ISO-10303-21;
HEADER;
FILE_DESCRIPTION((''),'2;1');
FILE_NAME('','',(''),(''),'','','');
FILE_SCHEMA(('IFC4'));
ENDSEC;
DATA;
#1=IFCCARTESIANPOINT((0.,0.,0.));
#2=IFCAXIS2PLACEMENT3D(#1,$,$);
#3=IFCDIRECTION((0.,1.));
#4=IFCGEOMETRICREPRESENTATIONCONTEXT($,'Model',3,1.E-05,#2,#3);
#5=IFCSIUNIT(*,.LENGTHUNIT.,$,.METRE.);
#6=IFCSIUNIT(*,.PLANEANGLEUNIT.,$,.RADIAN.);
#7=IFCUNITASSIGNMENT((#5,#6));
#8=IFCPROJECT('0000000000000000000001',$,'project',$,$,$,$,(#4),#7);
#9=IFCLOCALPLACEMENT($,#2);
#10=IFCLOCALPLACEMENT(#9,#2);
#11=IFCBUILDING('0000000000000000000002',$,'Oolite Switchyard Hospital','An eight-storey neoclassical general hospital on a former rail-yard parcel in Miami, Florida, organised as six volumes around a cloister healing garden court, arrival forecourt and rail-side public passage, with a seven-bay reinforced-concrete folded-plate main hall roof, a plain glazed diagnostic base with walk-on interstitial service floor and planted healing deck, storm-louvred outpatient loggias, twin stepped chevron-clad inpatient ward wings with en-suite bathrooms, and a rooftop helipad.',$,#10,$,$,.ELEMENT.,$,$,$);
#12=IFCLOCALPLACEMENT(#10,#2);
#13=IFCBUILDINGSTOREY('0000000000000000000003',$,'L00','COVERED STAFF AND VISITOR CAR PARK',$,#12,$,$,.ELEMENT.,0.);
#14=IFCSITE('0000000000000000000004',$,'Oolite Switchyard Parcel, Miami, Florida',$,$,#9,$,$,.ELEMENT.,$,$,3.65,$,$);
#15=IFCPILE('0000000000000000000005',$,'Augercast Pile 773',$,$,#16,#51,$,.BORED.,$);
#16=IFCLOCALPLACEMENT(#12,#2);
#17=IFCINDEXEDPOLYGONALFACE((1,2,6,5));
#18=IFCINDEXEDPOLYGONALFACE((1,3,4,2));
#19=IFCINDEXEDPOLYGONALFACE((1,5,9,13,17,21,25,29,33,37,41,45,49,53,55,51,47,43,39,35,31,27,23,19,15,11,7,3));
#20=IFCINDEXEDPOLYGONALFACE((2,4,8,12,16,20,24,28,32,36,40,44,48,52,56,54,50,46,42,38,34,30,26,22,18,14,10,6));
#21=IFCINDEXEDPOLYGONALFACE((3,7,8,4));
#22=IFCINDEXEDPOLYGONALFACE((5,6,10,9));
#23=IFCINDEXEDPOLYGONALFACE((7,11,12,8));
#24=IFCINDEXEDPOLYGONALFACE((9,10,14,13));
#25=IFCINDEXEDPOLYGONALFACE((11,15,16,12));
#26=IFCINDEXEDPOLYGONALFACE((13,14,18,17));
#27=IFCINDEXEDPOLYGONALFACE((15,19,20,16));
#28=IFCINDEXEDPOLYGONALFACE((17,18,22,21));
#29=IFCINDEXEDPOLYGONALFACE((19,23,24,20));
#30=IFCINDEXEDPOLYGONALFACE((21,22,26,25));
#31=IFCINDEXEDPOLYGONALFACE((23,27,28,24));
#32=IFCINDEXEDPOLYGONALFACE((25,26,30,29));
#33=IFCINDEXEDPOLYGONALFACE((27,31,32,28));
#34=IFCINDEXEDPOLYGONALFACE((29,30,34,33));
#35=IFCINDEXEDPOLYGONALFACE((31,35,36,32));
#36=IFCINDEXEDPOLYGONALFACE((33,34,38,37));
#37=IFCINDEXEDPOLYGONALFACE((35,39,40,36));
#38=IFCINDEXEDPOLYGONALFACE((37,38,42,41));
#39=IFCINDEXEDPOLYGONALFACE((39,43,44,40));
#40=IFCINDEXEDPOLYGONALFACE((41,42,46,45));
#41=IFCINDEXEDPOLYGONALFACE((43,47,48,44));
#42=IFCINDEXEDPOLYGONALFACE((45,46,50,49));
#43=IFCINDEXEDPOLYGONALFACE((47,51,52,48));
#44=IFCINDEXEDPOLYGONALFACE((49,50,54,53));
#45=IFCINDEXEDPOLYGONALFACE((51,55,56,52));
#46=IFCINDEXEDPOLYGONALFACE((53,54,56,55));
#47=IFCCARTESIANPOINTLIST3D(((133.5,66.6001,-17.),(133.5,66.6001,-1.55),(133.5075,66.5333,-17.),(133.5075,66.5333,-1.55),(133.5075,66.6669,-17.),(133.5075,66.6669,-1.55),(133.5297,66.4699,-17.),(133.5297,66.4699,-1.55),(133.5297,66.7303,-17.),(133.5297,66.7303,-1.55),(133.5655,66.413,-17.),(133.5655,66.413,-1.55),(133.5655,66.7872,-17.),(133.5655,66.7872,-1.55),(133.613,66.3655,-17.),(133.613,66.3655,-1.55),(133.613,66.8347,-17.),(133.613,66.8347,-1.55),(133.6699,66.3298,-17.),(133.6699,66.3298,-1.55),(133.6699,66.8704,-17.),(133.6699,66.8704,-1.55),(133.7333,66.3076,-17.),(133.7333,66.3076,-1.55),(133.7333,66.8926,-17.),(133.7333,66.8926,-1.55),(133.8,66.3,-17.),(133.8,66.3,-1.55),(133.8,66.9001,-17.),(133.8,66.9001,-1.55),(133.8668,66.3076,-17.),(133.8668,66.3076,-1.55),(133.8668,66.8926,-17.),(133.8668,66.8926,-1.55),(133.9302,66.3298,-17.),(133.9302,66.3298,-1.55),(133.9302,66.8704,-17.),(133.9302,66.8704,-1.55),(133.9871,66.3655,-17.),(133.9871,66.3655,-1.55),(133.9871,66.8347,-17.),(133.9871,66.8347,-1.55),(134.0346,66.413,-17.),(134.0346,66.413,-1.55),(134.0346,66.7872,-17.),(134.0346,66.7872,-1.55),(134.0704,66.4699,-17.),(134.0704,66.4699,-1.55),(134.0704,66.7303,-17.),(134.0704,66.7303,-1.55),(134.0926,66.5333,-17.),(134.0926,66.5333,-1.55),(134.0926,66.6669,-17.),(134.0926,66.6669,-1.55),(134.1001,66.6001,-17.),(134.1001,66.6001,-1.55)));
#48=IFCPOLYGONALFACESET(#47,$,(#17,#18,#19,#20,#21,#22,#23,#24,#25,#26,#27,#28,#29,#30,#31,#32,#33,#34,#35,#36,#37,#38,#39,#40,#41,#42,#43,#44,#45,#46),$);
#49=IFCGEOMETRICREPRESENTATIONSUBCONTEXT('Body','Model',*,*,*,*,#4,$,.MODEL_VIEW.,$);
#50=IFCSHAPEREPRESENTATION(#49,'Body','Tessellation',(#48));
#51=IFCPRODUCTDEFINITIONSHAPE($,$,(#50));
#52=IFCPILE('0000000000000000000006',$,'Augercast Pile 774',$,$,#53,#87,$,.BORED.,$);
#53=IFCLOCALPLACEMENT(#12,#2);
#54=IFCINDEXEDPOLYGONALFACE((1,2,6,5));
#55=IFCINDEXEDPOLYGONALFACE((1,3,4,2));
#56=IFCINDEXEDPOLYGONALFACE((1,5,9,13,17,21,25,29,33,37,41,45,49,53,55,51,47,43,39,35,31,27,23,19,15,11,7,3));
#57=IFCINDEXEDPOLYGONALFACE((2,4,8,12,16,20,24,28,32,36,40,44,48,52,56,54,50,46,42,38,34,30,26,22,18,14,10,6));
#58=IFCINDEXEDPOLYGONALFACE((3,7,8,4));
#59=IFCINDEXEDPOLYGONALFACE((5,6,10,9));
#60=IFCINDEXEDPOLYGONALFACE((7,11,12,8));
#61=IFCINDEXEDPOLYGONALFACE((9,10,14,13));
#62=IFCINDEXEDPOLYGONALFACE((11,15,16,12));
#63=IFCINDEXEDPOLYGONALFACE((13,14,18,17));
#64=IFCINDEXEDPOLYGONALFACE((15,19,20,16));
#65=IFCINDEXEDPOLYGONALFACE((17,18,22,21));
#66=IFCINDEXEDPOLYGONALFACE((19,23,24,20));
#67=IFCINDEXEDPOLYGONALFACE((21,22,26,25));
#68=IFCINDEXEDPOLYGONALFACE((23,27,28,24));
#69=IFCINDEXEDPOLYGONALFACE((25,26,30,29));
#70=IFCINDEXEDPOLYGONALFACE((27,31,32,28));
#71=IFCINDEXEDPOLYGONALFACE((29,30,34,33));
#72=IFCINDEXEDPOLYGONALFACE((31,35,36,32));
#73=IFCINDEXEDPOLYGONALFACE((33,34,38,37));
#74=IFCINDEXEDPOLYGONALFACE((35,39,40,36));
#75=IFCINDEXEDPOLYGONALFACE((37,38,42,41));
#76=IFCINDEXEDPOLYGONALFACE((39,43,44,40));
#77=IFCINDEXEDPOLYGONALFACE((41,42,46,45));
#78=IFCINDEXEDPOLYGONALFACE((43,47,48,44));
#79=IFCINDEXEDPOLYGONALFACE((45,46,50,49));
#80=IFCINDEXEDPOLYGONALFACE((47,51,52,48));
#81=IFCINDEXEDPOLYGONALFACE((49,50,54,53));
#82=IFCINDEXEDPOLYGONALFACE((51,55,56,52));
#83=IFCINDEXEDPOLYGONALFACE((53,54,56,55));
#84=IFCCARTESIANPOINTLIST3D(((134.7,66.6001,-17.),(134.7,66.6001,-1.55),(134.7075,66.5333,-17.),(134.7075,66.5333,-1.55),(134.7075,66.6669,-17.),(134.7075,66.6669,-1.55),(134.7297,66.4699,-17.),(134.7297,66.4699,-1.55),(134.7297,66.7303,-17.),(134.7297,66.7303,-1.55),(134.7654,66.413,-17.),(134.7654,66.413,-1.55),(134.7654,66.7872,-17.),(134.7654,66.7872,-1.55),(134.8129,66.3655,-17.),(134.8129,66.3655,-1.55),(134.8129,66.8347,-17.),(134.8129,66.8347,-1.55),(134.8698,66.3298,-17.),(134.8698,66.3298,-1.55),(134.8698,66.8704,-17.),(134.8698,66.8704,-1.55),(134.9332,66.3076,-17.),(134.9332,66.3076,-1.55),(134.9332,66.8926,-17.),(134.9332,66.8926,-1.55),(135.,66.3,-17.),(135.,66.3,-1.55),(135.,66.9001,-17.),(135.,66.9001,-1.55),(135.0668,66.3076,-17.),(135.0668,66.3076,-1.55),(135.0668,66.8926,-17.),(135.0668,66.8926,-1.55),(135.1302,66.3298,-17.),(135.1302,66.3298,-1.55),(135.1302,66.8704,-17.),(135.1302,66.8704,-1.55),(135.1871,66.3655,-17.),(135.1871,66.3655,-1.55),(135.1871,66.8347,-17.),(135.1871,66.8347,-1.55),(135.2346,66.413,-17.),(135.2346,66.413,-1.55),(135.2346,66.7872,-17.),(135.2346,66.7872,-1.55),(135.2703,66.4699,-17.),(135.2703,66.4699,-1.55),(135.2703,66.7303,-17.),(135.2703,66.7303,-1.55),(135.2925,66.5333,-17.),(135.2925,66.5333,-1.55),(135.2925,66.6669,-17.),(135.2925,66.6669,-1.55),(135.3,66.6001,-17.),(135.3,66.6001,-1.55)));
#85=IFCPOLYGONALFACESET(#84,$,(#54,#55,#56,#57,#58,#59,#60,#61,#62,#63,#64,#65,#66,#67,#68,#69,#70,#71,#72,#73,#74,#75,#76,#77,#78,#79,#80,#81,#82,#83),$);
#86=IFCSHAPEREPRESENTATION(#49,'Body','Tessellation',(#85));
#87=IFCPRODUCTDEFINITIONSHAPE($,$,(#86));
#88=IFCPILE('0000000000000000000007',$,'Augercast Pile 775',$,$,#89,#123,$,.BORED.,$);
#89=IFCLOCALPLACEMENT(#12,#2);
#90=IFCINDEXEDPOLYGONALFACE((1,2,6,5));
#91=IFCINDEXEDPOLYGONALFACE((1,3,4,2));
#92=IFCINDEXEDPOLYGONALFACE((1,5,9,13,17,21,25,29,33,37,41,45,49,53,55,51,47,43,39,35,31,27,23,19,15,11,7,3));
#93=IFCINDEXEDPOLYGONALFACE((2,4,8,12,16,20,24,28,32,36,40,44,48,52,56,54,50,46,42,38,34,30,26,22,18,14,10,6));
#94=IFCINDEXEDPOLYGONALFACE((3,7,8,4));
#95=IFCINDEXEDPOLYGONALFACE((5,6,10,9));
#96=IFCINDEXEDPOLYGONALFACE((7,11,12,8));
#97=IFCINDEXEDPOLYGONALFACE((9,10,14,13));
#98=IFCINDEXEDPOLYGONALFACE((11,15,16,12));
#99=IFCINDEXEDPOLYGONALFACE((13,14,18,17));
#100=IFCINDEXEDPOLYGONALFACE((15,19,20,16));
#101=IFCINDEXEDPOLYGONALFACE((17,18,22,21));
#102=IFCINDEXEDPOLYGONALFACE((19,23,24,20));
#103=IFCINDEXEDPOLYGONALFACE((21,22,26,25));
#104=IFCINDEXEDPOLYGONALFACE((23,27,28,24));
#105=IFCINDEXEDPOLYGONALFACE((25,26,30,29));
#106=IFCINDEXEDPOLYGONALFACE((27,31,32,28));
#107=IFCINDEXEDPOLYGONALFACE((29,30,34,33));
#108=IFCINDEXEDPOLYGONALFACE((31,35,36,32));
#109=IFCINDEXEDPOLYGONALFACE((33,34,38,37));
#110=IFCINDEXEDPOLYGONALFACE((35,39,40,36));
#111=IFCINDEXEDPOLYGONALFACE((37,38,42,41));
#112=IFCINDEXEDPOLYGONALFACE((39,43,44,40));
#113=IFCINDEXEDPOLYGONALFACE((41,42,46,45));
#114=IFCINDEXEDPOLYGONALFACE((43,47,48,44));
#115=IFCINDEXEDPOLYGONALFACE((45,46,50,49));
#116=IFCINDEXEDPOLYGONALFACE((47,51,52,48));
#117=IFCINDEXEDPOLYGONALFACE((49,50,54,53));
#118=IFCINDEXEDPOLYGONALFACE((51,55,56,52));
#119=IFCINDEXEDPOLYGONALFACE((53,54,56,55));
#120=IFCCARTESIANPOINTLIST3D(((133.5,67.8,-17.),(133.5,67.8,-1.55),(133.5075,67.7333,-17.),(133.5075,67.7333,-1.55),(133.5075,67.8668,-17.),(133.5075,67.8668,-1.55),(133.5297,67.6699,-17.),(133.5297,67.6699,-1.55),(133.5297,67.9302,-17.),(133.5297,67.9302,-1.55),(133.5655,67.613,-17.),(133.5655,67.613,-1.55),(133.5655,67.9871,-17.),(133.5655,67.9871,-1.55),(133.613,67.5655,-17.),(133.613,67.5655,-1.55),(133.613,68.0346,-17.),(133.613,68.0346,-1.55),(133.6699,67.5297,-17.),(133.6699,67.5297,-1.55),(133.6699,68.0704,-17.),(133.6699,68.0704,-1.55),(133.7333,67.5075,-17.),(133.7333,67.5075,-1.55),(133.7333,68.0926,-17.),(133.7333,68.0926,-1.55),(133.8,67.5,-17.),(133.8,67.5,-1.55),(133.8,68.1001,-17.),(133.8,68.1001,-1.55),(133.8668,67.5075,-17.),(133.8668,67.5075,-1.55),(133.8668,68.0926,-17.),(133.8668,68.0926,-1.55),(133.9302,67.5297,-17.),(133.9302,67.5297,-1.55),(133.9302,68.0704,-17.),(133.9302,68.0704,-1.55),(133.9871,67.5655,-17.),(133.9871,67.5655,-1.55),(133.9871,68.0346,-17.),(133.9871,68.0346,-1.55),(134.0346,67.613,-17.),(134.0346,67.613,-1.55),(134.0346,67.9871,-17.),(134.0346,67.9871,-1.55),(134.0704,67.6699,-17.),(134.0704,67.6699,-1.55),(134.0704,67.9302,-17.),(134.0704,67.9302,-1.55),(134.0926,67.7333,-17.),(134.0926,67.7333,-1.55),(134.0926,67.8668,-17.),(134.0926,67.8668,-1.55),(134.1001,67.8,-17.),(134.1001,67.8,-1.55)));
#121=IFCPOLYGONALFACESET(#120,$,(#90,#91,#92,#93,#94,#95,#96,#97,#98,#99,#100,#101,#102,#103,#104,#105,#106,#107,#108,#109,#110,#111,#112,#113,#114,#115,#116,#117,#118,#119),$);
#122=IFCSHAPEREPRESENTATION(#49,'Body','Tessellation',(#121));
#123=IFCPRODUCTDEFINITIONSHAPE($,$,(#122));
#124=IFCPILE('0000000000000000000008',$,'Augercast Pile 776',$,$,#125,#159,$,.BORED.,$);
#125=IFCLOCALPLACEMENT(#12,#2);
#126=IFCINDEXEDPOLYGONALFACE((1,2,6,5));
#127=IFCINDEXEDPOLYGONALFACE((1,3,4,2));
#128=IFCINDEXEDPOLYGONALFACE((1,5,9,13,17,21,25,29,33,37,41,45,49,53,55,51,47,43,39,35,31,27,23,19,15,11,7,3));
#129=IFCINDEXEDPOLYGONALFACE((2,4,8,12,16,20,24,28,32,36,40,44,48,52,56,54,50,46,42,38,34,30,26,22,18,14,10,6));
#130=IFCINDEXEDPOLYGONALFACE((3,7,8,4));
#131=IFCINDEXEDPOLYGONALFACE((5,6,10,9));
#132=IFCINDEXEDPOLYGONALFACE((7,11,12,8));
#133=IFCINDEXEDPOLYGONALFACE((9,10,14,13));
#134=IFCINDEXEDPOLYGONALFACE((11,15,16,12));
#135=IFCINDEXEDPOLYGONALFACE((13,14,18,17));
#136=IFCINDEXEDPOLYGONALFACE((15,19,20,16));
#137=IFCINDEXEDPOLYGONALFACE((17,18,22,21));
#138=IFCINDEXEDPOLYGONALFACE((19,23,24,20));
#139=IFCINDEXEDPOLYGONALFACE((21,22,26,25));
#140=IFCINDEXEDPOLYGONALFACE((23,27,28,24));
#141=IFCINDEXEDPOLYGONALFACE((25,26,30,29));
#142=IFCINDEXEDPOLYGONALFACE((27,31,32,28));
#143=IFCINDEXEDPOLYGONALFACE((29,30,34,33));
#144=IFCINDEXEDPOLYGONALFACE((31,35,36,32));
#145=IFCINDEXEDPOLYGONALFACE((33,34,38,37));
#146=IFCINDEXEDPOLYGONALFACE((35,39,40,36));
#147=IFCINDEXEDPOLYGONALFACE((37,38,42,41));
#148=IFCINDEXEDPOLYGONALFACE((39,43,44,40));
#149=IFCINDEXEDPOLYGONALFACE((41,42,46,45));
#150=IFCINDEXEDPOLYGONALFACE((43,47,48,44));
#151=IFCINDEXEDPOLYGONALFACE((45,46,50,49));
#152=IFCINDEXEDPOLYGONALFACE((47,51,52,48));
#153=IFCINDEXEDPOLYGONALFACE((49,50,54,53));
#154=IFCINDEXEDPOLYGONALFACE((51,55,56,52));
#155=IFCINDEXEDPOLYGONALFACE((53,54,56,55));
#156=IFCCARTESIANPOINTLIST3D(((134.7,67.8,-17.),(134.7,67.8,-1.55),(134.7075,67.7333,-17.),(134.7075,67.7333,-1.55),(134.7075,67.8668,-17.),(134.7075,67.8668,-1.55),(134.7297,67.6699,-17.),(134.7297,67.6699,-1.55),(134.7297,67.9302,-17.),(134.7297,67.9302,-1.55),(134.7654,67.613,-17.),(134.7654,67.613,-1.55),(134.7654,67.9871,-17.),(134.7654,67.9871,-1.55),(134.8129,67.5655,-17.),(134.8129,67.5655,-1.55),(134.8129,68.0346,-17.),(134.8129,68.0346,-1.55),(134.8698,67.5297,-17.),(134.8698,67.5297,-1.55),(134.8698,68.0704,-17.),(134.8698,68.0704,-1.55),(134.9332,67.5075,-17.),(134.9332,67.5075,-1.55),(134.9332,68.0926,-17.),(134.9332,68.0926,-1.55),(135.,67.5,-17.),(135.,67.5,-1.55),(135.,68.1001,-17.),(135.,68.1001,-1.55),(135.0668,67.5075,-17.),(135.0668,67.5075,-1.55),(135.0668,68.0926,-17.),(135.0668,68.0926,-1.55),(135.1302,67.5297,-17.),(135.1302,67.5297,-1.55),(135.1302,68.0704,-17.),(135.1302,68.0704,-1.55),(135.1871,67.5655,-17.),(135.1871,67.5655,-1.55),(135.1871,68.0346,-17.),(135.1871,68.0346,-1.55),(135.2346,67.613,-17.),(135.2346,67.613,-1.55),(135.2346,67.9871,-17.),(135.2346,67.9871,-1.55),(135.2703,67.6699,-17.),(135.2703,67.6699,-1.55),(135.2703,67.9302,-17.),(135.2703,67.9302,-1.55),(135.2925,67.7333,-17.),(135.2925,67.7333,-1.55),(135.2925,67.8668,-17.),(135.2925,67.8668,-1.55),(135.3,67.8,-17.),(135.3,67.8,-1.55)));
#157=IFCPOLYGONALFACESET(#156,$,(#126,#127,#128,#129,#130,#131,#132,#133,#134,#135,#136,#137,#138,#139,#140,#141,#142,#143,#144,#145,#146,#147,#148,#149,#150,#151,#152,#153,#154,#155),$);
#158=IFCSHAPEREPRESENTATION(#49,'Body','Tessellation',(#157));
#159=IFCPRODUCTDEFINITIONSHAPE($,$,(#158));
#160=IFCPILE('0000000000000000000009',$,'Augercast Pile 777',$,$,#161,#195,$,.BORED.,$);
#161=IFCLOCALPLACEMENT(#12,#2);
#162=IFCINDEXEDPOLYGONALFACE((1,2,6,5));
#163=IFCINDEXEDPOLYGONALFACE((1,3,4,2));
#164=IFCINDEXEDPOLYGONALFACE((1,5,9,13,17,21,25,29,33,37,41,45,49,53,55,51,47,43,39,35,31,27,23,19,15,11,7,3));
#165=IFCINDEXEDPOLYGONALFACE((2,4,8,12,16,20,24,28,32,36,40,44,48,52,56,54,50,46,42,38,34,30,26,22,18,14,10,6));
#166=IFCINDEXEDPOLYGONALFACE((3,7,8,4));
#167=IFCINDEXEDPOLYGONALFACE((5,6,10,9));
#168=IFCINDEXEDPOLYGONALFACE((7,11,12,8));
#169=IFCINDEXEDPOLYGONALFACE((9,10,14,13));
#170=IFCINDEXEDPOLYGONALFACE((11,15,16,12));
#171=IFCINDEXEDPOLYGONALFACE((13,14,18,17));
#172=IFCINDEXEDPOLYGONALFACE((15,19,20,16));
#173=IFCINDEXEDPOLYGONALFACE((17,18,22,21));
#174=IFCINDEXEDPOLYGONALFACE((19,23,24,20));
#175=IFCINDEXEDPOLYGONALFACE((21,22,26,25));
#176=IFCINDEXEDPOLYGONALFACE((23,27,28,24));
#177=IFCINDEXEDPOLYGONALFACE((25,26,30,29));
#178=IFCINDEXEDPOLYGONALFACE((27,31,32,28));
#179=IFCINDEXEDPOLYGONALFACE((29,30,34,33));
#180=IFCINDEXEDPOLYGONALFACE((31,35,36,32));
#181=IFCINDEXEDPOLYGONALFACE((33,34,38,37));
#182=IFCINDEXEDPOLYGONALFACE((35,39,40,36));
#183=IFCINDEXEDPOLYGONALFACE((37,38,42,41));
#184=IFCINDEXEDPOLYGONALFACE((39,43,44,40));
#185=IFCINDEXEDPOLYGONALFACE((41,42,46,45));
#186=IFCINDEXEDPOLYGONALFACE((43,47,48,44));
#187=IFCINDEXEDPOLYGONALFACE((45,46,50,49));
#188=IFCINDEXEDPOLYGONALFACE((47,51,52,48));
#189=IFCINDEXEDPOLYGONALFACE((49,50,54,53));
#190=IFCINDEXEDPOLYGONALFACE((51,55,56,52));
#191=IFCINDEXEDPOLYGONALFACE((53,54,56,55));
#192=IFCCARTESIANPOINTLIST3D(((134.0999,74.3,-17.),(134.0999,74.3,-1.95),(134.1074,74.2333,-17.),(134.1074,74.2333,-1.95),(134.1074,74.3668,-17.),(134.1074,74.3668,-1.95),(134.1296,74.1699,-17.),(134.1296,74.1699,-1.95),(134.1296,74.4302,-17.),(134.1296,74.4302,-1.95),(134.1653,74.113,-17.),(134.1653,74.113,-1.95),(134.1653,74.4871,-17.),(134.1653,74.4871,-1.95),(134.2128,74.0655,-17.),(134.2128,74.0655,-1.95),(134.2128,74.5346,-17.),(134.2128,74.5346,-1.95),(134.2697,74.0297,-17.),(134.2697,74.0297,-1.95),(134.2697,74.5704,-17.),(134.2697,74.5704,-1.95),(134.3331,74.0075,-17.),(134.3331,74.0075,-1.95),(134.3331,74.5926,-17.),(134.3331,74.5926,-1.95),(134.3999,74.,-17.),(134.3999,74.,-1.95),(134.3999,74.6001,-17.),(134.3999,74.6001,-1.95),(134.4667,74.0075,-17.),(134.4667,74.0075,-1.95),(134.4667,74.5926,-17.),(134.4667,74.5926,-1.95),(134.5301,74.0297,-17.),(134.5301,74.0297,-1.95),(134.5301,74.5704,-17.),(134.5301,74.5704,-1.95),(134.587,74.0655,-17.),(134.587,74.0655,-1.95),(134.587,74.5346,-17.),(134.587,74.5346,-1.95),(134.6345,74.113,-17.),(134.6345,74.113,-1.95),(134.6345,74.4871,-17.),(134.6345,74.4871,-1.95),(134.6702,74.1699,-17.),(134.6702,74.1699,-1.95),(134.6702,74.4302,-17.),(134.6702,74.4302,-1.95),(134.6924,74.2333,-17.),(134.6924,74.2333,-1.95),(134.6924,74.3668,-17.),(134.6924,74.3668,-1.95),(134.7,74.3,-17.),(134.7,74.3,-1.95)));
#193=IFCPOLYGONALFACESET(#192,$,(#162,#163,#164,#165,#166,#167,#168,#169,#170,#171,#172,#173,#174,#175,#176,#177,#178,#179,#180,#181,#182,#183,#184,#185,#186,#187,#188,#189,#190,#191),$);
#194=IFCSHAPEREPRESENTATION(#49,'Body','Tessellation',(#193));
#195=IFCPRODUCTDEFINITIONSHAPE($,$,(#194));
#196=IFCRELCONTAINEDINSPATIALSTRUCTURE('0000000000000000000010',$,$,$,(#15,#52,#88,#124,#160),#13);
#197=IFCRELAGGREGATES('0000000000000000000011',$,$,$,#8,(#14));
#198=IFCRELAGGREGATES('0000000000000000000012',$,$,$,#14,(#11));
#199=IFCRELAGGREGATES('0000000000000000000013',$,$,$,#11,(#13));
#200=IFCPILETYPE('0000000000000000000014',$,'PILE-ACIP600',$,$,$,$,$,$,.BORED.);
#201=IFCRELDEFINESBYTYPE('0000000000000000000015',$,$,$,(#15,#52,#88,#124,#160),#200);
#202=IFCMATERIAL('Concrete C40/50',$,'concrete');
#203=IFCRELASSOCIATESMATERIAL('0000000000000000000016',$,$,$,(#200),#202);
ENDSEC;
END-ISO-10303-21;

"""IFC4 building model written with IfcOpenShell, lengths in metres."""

from ifc_helpers import new_model, si_unit, direction, frame, origin, origin_2d, place, context, subcontext, project, spatial, circle, extrude, material, material_profile, profile_set, type_object, element, save


model = new_model("IFC4")

# Units and contexts
model_context = context("Model", 3, precision=1e-05, world=origin(), true_north=direction((0.0, 1.0)))
body_context = subcontext(model_context, "Body", "Model", "MODEL_VIEW")
ifc_project = project(units=[si_unit("LENGTHUNIT", "METRE"), si_unit("PLANEANGLEUNIT", "RADIAN")], contexts=[model_context])

# Site, building, storey
site_placement = place(None, origin())
site = spatial("IfcSite", under=ifc_project, at=site_placement, Name="Oolite Switchyard Parcel, Miami, Florida", CompositionType="ELEMENT", RefElevation=3.65)
building_placement = place(site_placement, origin())
building = spatial("IfcBuilding", under=site, at=building_placement, Name="Oolite Switchyard Hospital", Description="An eight-storey neoclassical general hospital on a former rail-yard parcel in Miami, Florida, organised as six volumes around a cloister healing garden court, arrival forecourt and rail-side public passage, with a seven-bay reinforced-concrete folded-plate main hall roof, a plain glazed diagnostic base with walk-on interstitial service floor and planted healing deck, storm-louvred outpatient loggias, twin stepped chevron-clad inpatient ward wings with en-suite bathrooms, and a rooftop helipad.", CompositionType="ELEMENT")
storey_placement = place(building_placement, origin())
storey = spatial("IfcBuildingStorey", under=building, at=storey_placement, Name="L00", Description="COVERED STAFF AND VISITOR CAR PARK", CompositionType="ELEMENT", Elevation=0.0)

# Shared definitions
ifc_material_1 = material(Name="Concrete C40/50", Category="concrete")

# Piles
ifc_material_profile_1 = material_profile(ifc_material_1, circle(Radius=0.3, at=origin_2d()), Name="PILE600")
ifc_profile_set_1 = profile_set([ifc_material_profile_1], Name="Concrete C40/50")
pile_type = type_object("IfcPileType", Name="PILE-ACIP600", PredefinedType="BORED", material=ifc_profile_set_1)
for number, where, z_axis, x_axis, name in (
    (1, (133.8, 66.6001, -1.55), (0.0, 0.0, -1.0), (1.0, 0.0, 0.0), "Augercast Pile 773"),
    (2, (135.0, 66.6001, -1.55), (0.0, 0.0, -1.0), (1.0, 0.0, 0.0), "Augercast Pile 774"),
    (3, (133.8, 67.8, -1.55), (0.0, 0.0, -1.0), (1.0, 0.0, 0.0), "Augercast Pile 775"),
    (4, (135.0, 67.8, -1.55), (0.0, 0.0, -1.0), (1.0, 0.0, 0.0), "Augercast Pile 776"),
):
    element("IfcPile", number, at=place(storey_placement, frame(where, z_axis=z_axis, x_axis=x_axis)), inside=storey, type_object=pile_type, Name=name, PredefinedType="BORED", context=body_context, shape_type="SweptSolid", body=[
        extrude(circle(Radius=0.3, at=origin_2d()), origin(), (0.0, 0.0, 1.0), 15.45),
    ])
for number, where, z_axis, x_axis, name in (
    (5, (134.3999, 74.3, -1.95), (0.0, 0.0, -1.0), (1.0, 0.0, 0.0), "Augercast Pile 777"),
):
    element("IfcPile", number, at=place(storey_placement, frame(where, z_axis=z_axis, x_axis=x_axis)), inside=storey, type_object=pile_type, Name=name, PredefinedType="BORED", context=body_context, shape_type="SweptSolid", body=[
        extrude(circle(Radius=0.3, at=origin_2d()), origin(), (0.0, 0.0, 1.0), 15.05),
    ])

save(model, "model.ifc")
